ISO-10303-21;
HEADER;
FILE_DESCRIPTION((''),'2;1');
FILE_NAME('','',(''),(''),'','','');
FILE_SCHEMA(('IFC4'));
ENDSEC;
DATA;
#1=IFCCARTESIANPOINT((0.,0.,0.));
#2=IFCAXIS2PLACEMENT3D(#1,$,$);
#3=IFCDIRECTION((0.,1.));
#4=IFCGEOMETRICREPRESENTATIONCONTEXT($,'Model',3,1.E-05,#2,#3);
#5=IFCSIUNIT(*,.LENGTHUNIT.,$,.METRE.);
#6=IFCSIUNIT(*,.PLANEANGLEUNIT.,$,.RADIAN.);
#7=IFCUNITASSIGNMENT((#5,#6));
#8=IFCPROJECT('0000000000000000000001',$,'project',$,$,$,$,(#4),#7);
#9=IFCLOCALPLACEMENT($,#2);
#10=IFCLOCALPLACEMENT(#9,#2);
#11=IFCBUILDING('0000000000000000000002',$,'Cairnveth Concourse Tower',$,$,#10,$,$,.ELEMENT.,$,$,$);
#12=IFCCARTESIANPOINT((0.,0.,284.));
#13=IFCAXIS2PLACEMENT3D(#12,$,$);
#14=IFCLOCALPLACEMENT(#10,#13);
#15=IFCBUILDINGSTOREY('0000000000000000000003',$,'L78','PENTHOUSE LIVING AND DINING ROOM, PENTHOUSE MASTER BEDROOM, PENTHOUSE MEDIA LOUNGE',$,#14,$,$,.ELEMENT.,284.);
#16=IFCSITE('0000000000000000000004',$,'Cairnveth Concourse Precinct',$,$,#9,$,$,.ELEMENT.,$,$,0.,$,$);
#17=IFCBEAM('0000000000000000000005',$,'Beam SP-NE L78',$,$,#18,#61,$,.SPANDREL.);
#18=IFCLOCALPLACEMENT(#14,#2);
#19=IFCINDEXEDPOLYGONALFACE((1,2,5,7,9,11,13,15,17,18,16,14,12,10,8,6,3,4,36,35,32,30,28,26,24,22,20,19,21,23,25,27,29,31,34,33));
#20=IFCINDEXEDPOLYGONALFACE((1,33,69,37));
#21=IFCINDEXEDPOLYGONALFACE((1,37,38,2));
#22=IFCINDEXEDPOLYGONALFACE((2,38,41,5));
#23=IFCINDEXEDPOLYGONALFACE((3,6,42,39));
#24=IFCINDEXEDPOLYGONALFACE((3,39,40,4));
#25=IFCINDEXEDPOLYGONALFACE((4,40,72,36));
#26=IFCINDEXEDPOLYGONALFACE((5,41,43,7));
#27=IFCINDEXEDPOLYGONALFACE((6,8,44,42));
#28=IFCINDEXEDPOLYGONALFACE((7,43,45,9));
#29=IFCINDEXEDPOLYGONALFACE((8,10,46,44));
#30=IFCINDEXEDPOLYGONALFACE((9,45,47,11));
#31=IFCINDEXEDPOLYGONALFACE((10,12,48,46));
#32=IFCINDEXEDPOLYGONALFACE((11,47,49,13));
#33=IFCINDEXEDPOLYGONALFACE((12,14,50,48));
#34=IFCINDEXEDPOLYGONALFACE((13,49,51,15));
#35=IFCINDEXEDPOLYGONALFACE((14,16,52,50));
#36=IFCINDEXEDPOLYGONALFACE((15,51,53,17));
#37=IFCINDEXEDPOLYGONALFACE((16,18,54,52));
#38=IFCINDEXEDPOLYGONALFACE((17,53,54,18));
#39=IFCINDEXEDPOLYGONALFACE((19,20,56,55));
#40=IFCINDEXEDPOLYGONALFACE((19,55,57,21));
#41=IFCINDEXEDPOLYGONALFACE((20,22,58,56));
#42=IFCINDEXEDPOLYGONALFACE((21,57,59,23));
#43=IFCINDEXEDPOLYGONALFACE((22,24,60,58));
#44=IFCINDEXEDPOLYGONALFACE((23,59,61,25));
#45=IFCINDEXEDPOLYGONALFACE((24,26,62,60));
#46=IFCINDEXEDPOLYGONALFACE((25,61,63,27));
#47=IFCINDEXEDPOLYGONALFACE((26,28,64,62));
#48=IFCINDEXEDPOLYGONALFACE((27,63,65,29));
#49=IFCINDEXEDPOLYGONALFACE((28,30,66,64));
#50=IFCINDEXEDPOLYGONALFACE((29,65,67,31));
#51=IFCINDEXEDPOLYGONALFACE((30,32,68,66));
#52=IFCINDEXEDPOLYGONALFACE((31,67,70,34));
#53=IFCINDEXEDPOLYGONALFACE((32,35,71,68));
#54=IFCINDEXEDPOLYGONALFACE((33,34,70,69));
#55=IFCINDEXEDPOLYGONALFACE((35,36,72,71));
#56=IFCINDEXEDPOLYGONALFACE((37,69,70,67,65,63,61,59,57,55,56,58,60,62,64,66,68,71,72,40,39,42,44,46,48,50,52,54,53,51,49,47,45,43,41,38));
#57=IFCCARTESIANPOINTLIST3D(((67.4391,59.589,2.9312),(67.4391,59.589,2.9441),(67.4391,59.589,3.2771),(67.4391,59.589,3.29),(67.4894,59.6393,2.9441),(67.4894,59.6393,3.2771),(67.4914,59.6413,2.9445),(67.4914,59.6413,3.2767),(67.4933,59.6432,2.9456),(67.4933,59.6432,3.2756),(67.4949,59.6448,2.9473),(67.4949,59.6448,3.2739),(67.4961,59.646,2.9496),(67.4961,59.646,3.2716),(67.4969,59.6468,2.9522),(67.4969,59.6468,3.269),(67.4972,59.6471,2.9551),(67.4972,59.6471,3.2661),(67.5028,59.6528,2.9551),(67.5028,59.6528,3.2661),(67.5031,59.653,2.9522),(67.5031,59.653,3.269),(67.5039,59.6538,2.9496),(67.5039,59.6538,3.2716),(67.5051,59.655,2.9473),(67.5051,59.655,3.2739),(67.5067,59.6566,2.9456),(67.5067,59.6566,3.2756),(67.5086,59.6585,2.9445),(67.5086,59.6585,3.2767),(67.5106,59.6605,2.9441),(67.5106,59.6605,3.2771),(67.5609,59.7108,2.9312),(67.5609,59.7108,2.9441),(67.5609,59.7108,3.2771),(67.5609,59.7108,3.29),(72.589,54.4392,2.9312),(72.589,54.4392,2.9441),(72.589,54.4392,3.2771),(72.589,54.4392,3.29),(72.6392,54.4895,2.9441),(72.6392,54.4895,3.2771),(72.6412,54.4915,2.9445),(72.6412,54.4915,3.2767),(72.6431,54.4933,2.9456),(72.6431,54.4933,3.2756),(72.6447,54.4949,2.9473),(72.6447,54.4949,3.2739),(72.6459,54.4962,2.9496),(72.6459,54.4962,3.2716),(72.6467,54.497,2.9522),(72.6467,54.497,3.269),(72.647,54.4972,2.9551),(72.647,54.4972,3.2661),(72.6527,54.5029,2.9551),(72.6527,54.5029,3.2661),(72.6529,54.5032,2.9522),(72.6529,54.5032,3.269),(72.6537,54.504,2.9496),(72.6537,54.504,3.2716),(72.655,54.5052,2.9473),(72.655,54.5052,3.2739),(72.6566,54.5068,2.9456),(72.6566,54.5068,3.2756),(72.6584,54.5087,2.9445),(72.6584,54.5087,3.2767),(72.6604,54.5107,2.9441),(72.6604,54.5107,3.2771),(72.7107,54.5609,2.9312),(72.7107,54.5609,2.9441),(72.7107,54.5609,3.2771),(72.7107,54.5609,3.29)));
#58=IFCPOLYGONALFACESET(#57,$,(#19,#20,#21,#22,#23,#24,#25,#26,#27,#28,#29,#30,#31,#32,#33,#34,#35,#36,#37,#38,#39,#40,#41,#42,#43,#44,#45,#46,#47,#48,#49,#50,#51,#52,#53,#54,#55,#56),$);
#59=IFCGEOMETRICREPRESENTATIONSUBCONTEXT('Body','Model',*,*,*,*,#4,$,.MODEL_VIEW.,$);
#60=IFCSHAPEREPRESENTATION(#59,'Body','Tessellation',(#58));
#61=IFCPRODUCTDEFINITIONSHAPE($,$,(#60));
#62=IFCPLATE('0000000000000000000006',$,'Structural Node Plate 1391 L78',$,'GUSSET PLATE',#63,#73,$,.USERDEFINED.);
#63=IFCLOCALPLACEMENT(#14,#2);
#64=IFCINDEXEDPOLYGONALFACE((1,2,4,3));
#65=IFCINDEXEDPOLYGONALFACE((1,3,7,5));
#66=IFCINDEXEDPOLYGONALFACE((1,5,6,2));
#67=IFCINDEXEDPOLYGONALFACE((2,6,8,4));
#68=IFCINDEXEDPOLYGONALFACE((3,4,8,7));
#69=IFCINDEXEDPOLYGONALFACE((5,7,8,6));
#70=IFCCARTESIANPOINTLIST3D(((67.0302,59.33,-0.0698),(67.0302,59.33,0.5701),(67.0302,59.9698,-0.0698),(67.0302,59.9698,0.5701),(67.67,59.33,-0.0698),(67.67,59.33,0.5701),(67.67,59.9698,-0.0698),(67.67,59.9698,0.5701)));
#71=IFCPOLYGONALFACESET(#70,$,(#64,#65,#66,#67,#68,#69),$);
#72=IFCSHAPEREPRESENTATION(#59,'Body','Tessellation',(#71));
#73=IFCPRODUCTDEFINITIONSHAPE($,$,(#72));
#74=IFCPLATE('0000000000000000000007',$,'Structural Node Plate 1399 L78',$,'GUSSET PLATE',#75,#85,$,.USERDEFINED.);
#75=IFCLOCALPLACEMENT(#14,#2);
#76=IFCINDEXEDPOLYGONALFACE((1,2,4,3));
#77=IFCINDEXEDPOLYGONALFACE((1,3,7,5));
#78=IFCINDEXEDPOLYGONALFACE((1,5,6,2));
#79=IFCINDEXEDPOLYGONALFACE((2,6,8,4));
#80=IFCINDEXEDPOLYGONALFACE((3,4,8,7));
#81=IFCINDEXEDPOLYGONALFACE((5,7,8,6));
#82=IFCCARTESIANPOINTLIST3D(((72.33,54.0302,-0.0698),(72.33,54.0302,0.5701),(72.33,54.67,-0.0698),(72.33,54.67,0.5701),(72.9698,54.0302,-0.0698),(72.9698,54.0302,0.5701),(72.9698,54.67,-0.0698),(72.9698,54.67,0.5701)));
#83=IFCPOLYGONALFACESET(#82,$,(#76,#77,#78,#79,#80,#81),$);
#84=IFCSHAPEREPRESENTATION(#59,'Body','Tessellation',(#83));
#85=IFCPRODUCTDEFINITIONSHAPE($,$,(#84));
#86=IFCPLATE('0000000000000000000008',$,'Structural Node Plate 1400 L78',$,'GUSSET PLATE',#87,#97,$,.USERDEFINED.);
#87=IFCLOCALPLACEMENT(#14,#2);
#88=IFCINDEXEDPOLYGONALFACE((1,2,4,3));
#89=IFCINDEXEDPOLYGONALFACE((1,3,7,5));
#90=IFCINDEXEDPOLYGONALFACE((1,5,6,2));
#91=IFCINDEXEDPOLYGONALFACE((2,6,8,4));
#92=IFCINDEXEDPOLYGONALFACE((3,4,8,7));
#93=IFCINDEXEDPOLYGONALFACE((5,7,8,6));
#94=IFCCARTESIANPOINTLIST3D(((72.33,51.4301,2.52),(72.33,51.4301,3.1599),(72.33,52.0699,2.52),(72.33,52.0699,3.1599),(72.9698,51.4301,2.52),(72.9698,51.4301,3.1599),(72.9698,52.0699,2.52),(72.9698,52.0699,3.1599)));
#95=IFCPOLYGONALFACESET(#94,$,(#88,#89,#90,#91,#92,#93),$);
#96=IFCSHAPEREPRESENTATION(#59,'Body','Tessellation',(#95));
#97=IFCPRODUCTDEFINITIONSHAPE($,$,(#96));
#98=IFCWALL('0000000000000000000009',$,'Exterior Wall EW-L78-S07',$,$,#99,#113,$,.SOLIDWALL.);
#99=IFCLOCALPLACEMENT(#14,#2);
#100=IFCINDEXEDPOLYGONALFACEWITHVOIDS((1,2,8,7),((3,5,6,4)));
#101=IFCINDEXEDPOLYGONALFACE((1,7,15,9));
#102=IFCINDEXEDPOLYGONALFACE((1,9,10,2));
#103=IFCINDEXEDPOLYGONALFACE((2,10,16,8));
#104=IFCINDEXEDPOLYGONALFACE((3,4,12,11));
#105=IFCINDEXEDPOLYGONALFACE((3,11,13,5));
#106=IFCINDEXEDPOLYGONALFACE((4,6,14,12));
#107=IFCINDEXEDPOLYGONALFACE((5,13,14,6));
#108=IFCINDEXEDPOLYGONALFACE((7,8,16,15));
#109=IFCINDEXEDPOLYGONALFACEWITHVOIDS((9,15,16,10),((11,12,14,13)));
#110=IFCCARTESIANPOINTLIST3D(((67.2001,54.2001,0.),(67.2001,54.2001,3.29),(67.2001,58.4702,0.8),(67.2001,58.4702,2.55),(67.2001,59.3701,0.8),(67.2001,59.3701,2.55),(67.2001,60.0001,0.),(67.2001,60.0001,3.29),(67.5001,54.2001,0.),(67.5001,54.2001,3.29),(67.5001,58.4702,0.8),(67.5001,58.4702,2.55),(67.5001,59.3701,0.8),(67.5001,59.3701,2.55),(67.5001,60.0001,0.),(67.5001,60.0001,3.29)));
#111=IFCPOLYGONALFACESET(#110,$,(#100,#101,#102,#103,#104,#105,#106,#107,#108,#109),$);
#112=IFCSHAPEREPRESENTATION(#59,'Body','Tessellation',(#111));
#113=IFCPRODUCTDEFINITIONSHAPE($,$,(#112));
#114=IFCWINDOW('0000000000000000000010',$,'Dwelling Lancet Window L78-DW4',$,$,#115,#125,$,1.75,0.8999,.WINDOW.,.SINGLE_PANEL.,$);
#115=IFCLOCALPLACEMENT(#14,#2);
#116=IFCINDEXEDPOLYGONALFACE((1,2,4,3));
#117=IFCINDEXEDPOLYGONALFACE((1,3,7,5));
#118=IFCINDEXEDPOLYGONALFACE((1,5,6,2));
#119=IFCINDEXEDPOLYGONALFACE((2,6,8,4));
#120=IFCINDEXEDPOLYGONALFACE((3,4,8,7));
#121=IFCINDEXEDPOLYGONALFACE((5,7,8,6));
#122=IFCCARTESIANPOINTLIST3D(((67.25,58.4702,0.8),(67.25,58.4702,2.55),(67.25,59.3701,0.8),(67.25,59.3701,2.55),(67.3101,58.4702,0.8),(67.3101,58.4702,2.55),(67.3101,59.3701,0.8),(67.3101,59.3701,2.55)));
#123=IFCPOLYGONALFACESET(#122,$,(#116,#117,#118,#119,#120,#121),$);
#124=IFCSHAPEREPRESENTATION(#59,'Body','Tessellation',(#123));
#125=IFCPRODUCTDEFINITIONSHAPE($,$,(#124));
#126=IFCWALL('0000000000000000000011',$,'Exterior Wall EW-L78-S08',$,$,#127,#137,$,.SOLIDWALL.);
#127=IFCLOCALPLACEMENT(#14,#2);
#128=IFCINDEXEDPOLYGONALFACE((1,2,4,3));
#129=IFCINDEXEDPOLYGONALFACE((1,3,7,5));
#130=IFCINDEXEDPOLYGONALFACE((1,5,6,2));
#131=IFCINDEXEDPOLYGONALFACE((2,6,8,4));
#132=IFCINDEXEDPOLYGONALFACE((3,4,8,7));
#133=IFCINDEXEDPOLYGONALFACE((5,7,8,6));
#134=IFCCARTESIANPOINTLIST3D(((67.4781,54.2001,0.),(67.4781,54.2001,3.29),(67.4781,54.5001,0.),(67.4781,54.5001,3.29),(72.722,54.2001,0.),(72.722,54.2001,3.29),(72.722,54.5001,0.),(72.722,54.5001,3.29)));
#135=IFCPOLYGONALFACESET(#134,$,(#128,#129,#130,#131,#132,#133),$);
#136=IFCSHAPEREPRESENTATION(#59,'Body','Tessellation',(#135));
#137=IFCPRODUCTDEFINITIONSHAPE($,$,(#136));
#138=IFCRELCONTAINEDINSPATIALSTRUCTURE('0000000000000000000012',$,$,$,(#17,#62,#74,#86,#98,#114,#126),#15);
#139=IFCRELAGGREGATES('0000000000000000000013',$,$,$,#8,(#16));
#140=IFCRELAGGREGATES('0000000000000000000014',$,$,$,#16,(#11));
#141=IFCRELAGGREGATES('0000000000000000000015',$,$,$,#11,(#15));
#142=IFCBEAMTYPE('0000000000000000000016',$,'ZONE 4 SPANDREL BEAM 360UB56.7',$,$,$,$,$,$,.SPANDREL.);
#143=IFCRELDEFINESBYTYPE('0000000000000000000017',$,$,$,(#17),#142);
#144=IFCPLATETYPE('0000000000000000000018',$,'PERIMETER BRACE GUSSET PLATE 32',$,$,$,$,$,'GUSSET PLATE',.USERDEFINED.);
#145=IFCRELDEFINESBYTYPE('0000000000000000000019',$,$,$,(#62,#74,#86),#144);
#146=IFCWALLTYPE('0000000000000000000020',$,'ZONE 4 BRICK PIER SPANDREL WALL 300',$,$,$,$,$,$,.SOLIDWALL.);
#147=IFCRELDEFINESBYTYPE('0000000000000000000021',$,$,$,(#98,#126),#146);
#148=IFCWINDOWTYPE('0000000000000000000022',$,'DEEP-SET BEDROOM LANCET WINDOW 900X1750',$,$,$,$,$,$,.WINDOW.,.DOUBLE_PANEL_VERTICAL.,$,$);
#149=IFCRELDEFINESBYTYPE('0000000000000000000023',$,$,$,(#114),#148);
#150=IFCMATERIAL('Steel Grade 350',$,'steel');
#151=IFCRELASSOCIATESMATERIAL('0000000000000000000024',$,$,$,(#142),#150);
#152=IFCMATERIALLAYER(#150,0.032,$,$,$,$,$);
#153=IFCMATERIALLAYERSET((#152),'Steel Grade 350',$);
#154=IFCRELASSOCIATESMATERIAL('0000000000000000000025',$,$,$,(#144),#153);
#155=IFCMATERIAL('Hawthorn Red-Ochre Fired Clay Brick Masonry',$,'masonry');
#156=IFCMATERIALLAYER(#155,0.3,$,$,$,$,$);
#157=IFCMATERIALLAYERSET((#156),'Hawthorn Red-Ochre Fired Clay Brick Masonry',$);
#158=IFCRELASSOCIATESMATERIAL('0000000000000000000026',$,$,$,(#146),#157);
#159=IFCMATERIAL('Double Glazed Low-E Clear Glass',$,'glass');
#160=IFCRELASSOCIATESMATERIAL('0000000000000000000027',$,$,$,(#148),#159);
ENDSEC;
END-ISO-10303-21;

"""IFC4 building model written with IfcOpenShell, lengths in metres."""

from ifc_helpers import new_model, si_unit, direction, frame, frame_2d, origin, origin_2d, place, context, subcontext, project, spatial, rectangle, i_section, extrude, material, layer, layer_set, material_profile, profile_set, type_object, element, fill, save


model = new_model("IFC4")

# Units and contexts
model_context = context("Model", 3, precision=1e-05, world=origin(), true_north=direction((0.0, 1.0)))
body_context = subcontext(model_context, "Body", "Model", "MODEL_VIEW")
ifc_project = project(units=[si_unit("LENGTHUNIT", "METRE"), si_unit("PLANEANGLEUNIT", "RADIAN")], contexts=[model_context])

# Site, building, storey
site_placement = place(None, origin())
site = spatial("IfcSite", under=ifc_project, at=site_placement, Name="Cairnveth Concourse Precinct", CompositionType="ELEMENT", RefElevation=0.0)
building_placement = place(site_placement, origin())
building = spatial("IfcBuilding", under=site, at=building_placement, Name="Cairnveth Concourse Tower", CompositionType="ELEMENT")
storey_placement = place(building_placement, frame((0.0, 0.0, 284.0)))
storey = spatial("IfcBuildingStorey", under=building, at=storey_placement, Name="L78", Description="PENTHOUSE LIVING AND DINING ROOM, PENTHOUSE MASTER BEDROOM, PENTHOUSE MEDIA LOUNGE", CompositionType="ELEMENT", Elevation=284.0)

# Shared definitions
ifc_material_1 = material(Name="Steel Grade 350", Category="steel")

# Beam
ifc_material_profile_1 = material_profile(ifc_material_1, i_section(OverallWidth=0.1721, OverallDepth=0.3589, WebThickness=0.0081, FlangeThickness=0.0129, FilletRadius=0.011, at=origin_2d()), Name="360UB56.7")
ifc_profile_set_1 = profile_set([ifc_material_profile_1], Name="Steel Grade 350")
beam_type_1 = type_object("IfcBeamType", Name="ZONE 4 SPANDREL BEAM 360UB56.7", PredefinedType="SPANDREL", material=ifc_profile_set_1)
beam_1_placement = place(storey_placement, frame((67.5, 59.6499, 3.1106), z_axis=(0.707107, -0.707107, 0.0), x_axis=(0.707107, 0.707107, 0.0)))
element("IfcBeam", 1, at=beam_1_placement, inside=storey, type_object=beam_type_1, Name="Beam SP-NE L78", PredefinedType="SPANDREL", context=body_context, shape_type="SweptSolid", body=[
    extrude(i_section(OverallWidth=0.1721, OverallDepth=0.3589, WebThickness=0.0081, FlangeThickness=0.0129, FilletRadius=0.011, at=origin_2d()), origin(), (0.0, 0.0, 1.0), 7.283),
])

# Plates
ifc_layer_1 = layer(ifc_material_1, 0.032)
ifc_layer_set_1 = layer_set([ifc_layer_1], Name="Steel Grade 350")
plate_type = type_object("IfcPlateType", Name="PERIMETER BRACE GUSSET PLATE 32", ElementType="GUSSET PLATE", PredefinedType="USERDEFINED", material=ifc_layer_set_1)
for number, where, z_axis, x_axis, name in (
    (2, (67.3501, 59.6499, -0.0698), (0.0, 0.0, 1.0), (1.0, 0.0, 0.0), "Structural Node Plate 1391 L78"),
    (3, (72.6499, 54.3501, -0.0698), (0.0, 0.0, 1.0), (1.0, 0.0, 0.0), "Structural Node Plate 1399 L78"),
    (4, (72.6499, 51.75, 2.52), (0.0, 0.0, 1.0), (1.0, 0.0, 0.0), "Structural Node Plate 1400 L78"),
):
    element("IfcPlate", number, at=place(storey_placement, frame(where, z_axis=z_axis, x_axis=x_axis)), inside=storey, type_object=plate_type, Name=name, ObjectType="GUSSET PLATE", PredefinedType="USERDEFINED", context=body_context, shape_type="SweptSolid", body=[
        extrude(rectangle(XDim=0.6399, YDim=0.6399, at=origin_2d()), origin(), (0.0, 0.0, 1.0), 0.6399),
    ])

# Wall, opening, window
ifc_material_2 = material(Name="Hawthorn Red-Ochre Fired Clay Brick Masonry", Category="masonry")
ifc_layer_2 = layer(ifc_material_2, 0.3)
ifc_layer_set_2 = layer_set([ifc_layer_2], Name="Hawthorn Red-Ochre Fired Clay Brick Masonry")
wall_type = type_object("IfcWallType", Name="ZONE 4 BRICK PIER SPANDREL WALL 300", PredefinedType="SOLIDWALL", material=ifc_layer_set_2)
wall_1_placement = place(storey_placement, frame((67.3501, 60.0, 0.0), z_axis=(0.0, 0.0, 1.0), x_axis=(0.0, -1.0, 0.0)))
wall_1 = element("IfcWall", 5, at=wall_1_placement, inside=storey, type_object=wall_type, Name="Exterior Wall EW-L78-S07", PredefinedType="SOLIDWALL", context=body_context, shape_type="SweptSolid", body=[
    extrude(rectangle(XDim=5.8, YDim=0.3, at=frame_2d((2.8999, 0.0))), origin(), (0.0, 0.0, 1.0), 3.29),
])
opening_1_placement = place(wall_1_placement, frame((0.6299, 0.0, 0.8)))
opening_1 = element("IfcOpeningElement", 6, at=opening_1_placement, cuts=wall_1, PredefinedType="OPENING", context=body_context, shape_type="SweptSolid", body=[
    extrude(rectangle(XDim=0.8999, YDim=1.75, at=frame_2d((0.45, 0.875))), frame((0.0, 0.1599, 0.0), z_axis=(0.0, -1.0, 0.0), x_axis=(1.0, 0.0, 0.0)), (0.0, 0.0, 1.0), 0.3201),
])
ifc_material_3 = material(Name="Double Glazed Low-E Clear Glass", Category="glass")
window_type_1 = type_object("IfcWindowType", Name="DEEP-SET BEDROOM LANCET WINDOW 900X1750", PartitioningType="DOUBLE_PANEL_VERTICAL", PredefinedType="WINDOW", material=ifc_material_3)
window_1_placement = place(opening_1_placement, origin())
window_1 = element("IfcWindow", 7, at=window_1_placement, inside=storey, type_object=window_type_1, Name="Dwelling Lancet Window L78-DW4", OverallHeight=1.75, OverallWidth=0.8999, PartitioningType="SINGLE_PANEL", PredefinedType="WINDOW", context=body_context, shape_type="SweptSolid", body=[
    extrude(rectangle(XDim=0.8999, YDim=1.75, at=frame_2d((0.45, 0.875))), frame((0.0, -0.04, 0.0), z_axis=(0.0, -1.0, 0.0), x_axis=(1.0, 0.0, 0.0)), (0.0, 0.0, 1.0), 0.0601),
])
fill(opening_1, window_1)

# Wall
wall_2_placement = place(storey_placement, frame((67.478, 54.3501, 0.0), z_axis=(0.0, 0.0, 1.0), x_axis=(1.0, 0.0, 0.0)))
element("IfcWall", 8, at=wall_2_placement, inside=storey, type_object=wall_type, Name="Exterior Wall EW-L78-S08", PredefinedType="SOLIDWALL", context=body_context, shape_type="SweptSolid", body=[
    extrude(rectangle(XDim=5.2439, YDim=0.3, at=frame_2d((2.6221, 0.0))), origin(), (0.0, 0.0, 1.0), 3.29),
])

save(model, "model.ifc")
